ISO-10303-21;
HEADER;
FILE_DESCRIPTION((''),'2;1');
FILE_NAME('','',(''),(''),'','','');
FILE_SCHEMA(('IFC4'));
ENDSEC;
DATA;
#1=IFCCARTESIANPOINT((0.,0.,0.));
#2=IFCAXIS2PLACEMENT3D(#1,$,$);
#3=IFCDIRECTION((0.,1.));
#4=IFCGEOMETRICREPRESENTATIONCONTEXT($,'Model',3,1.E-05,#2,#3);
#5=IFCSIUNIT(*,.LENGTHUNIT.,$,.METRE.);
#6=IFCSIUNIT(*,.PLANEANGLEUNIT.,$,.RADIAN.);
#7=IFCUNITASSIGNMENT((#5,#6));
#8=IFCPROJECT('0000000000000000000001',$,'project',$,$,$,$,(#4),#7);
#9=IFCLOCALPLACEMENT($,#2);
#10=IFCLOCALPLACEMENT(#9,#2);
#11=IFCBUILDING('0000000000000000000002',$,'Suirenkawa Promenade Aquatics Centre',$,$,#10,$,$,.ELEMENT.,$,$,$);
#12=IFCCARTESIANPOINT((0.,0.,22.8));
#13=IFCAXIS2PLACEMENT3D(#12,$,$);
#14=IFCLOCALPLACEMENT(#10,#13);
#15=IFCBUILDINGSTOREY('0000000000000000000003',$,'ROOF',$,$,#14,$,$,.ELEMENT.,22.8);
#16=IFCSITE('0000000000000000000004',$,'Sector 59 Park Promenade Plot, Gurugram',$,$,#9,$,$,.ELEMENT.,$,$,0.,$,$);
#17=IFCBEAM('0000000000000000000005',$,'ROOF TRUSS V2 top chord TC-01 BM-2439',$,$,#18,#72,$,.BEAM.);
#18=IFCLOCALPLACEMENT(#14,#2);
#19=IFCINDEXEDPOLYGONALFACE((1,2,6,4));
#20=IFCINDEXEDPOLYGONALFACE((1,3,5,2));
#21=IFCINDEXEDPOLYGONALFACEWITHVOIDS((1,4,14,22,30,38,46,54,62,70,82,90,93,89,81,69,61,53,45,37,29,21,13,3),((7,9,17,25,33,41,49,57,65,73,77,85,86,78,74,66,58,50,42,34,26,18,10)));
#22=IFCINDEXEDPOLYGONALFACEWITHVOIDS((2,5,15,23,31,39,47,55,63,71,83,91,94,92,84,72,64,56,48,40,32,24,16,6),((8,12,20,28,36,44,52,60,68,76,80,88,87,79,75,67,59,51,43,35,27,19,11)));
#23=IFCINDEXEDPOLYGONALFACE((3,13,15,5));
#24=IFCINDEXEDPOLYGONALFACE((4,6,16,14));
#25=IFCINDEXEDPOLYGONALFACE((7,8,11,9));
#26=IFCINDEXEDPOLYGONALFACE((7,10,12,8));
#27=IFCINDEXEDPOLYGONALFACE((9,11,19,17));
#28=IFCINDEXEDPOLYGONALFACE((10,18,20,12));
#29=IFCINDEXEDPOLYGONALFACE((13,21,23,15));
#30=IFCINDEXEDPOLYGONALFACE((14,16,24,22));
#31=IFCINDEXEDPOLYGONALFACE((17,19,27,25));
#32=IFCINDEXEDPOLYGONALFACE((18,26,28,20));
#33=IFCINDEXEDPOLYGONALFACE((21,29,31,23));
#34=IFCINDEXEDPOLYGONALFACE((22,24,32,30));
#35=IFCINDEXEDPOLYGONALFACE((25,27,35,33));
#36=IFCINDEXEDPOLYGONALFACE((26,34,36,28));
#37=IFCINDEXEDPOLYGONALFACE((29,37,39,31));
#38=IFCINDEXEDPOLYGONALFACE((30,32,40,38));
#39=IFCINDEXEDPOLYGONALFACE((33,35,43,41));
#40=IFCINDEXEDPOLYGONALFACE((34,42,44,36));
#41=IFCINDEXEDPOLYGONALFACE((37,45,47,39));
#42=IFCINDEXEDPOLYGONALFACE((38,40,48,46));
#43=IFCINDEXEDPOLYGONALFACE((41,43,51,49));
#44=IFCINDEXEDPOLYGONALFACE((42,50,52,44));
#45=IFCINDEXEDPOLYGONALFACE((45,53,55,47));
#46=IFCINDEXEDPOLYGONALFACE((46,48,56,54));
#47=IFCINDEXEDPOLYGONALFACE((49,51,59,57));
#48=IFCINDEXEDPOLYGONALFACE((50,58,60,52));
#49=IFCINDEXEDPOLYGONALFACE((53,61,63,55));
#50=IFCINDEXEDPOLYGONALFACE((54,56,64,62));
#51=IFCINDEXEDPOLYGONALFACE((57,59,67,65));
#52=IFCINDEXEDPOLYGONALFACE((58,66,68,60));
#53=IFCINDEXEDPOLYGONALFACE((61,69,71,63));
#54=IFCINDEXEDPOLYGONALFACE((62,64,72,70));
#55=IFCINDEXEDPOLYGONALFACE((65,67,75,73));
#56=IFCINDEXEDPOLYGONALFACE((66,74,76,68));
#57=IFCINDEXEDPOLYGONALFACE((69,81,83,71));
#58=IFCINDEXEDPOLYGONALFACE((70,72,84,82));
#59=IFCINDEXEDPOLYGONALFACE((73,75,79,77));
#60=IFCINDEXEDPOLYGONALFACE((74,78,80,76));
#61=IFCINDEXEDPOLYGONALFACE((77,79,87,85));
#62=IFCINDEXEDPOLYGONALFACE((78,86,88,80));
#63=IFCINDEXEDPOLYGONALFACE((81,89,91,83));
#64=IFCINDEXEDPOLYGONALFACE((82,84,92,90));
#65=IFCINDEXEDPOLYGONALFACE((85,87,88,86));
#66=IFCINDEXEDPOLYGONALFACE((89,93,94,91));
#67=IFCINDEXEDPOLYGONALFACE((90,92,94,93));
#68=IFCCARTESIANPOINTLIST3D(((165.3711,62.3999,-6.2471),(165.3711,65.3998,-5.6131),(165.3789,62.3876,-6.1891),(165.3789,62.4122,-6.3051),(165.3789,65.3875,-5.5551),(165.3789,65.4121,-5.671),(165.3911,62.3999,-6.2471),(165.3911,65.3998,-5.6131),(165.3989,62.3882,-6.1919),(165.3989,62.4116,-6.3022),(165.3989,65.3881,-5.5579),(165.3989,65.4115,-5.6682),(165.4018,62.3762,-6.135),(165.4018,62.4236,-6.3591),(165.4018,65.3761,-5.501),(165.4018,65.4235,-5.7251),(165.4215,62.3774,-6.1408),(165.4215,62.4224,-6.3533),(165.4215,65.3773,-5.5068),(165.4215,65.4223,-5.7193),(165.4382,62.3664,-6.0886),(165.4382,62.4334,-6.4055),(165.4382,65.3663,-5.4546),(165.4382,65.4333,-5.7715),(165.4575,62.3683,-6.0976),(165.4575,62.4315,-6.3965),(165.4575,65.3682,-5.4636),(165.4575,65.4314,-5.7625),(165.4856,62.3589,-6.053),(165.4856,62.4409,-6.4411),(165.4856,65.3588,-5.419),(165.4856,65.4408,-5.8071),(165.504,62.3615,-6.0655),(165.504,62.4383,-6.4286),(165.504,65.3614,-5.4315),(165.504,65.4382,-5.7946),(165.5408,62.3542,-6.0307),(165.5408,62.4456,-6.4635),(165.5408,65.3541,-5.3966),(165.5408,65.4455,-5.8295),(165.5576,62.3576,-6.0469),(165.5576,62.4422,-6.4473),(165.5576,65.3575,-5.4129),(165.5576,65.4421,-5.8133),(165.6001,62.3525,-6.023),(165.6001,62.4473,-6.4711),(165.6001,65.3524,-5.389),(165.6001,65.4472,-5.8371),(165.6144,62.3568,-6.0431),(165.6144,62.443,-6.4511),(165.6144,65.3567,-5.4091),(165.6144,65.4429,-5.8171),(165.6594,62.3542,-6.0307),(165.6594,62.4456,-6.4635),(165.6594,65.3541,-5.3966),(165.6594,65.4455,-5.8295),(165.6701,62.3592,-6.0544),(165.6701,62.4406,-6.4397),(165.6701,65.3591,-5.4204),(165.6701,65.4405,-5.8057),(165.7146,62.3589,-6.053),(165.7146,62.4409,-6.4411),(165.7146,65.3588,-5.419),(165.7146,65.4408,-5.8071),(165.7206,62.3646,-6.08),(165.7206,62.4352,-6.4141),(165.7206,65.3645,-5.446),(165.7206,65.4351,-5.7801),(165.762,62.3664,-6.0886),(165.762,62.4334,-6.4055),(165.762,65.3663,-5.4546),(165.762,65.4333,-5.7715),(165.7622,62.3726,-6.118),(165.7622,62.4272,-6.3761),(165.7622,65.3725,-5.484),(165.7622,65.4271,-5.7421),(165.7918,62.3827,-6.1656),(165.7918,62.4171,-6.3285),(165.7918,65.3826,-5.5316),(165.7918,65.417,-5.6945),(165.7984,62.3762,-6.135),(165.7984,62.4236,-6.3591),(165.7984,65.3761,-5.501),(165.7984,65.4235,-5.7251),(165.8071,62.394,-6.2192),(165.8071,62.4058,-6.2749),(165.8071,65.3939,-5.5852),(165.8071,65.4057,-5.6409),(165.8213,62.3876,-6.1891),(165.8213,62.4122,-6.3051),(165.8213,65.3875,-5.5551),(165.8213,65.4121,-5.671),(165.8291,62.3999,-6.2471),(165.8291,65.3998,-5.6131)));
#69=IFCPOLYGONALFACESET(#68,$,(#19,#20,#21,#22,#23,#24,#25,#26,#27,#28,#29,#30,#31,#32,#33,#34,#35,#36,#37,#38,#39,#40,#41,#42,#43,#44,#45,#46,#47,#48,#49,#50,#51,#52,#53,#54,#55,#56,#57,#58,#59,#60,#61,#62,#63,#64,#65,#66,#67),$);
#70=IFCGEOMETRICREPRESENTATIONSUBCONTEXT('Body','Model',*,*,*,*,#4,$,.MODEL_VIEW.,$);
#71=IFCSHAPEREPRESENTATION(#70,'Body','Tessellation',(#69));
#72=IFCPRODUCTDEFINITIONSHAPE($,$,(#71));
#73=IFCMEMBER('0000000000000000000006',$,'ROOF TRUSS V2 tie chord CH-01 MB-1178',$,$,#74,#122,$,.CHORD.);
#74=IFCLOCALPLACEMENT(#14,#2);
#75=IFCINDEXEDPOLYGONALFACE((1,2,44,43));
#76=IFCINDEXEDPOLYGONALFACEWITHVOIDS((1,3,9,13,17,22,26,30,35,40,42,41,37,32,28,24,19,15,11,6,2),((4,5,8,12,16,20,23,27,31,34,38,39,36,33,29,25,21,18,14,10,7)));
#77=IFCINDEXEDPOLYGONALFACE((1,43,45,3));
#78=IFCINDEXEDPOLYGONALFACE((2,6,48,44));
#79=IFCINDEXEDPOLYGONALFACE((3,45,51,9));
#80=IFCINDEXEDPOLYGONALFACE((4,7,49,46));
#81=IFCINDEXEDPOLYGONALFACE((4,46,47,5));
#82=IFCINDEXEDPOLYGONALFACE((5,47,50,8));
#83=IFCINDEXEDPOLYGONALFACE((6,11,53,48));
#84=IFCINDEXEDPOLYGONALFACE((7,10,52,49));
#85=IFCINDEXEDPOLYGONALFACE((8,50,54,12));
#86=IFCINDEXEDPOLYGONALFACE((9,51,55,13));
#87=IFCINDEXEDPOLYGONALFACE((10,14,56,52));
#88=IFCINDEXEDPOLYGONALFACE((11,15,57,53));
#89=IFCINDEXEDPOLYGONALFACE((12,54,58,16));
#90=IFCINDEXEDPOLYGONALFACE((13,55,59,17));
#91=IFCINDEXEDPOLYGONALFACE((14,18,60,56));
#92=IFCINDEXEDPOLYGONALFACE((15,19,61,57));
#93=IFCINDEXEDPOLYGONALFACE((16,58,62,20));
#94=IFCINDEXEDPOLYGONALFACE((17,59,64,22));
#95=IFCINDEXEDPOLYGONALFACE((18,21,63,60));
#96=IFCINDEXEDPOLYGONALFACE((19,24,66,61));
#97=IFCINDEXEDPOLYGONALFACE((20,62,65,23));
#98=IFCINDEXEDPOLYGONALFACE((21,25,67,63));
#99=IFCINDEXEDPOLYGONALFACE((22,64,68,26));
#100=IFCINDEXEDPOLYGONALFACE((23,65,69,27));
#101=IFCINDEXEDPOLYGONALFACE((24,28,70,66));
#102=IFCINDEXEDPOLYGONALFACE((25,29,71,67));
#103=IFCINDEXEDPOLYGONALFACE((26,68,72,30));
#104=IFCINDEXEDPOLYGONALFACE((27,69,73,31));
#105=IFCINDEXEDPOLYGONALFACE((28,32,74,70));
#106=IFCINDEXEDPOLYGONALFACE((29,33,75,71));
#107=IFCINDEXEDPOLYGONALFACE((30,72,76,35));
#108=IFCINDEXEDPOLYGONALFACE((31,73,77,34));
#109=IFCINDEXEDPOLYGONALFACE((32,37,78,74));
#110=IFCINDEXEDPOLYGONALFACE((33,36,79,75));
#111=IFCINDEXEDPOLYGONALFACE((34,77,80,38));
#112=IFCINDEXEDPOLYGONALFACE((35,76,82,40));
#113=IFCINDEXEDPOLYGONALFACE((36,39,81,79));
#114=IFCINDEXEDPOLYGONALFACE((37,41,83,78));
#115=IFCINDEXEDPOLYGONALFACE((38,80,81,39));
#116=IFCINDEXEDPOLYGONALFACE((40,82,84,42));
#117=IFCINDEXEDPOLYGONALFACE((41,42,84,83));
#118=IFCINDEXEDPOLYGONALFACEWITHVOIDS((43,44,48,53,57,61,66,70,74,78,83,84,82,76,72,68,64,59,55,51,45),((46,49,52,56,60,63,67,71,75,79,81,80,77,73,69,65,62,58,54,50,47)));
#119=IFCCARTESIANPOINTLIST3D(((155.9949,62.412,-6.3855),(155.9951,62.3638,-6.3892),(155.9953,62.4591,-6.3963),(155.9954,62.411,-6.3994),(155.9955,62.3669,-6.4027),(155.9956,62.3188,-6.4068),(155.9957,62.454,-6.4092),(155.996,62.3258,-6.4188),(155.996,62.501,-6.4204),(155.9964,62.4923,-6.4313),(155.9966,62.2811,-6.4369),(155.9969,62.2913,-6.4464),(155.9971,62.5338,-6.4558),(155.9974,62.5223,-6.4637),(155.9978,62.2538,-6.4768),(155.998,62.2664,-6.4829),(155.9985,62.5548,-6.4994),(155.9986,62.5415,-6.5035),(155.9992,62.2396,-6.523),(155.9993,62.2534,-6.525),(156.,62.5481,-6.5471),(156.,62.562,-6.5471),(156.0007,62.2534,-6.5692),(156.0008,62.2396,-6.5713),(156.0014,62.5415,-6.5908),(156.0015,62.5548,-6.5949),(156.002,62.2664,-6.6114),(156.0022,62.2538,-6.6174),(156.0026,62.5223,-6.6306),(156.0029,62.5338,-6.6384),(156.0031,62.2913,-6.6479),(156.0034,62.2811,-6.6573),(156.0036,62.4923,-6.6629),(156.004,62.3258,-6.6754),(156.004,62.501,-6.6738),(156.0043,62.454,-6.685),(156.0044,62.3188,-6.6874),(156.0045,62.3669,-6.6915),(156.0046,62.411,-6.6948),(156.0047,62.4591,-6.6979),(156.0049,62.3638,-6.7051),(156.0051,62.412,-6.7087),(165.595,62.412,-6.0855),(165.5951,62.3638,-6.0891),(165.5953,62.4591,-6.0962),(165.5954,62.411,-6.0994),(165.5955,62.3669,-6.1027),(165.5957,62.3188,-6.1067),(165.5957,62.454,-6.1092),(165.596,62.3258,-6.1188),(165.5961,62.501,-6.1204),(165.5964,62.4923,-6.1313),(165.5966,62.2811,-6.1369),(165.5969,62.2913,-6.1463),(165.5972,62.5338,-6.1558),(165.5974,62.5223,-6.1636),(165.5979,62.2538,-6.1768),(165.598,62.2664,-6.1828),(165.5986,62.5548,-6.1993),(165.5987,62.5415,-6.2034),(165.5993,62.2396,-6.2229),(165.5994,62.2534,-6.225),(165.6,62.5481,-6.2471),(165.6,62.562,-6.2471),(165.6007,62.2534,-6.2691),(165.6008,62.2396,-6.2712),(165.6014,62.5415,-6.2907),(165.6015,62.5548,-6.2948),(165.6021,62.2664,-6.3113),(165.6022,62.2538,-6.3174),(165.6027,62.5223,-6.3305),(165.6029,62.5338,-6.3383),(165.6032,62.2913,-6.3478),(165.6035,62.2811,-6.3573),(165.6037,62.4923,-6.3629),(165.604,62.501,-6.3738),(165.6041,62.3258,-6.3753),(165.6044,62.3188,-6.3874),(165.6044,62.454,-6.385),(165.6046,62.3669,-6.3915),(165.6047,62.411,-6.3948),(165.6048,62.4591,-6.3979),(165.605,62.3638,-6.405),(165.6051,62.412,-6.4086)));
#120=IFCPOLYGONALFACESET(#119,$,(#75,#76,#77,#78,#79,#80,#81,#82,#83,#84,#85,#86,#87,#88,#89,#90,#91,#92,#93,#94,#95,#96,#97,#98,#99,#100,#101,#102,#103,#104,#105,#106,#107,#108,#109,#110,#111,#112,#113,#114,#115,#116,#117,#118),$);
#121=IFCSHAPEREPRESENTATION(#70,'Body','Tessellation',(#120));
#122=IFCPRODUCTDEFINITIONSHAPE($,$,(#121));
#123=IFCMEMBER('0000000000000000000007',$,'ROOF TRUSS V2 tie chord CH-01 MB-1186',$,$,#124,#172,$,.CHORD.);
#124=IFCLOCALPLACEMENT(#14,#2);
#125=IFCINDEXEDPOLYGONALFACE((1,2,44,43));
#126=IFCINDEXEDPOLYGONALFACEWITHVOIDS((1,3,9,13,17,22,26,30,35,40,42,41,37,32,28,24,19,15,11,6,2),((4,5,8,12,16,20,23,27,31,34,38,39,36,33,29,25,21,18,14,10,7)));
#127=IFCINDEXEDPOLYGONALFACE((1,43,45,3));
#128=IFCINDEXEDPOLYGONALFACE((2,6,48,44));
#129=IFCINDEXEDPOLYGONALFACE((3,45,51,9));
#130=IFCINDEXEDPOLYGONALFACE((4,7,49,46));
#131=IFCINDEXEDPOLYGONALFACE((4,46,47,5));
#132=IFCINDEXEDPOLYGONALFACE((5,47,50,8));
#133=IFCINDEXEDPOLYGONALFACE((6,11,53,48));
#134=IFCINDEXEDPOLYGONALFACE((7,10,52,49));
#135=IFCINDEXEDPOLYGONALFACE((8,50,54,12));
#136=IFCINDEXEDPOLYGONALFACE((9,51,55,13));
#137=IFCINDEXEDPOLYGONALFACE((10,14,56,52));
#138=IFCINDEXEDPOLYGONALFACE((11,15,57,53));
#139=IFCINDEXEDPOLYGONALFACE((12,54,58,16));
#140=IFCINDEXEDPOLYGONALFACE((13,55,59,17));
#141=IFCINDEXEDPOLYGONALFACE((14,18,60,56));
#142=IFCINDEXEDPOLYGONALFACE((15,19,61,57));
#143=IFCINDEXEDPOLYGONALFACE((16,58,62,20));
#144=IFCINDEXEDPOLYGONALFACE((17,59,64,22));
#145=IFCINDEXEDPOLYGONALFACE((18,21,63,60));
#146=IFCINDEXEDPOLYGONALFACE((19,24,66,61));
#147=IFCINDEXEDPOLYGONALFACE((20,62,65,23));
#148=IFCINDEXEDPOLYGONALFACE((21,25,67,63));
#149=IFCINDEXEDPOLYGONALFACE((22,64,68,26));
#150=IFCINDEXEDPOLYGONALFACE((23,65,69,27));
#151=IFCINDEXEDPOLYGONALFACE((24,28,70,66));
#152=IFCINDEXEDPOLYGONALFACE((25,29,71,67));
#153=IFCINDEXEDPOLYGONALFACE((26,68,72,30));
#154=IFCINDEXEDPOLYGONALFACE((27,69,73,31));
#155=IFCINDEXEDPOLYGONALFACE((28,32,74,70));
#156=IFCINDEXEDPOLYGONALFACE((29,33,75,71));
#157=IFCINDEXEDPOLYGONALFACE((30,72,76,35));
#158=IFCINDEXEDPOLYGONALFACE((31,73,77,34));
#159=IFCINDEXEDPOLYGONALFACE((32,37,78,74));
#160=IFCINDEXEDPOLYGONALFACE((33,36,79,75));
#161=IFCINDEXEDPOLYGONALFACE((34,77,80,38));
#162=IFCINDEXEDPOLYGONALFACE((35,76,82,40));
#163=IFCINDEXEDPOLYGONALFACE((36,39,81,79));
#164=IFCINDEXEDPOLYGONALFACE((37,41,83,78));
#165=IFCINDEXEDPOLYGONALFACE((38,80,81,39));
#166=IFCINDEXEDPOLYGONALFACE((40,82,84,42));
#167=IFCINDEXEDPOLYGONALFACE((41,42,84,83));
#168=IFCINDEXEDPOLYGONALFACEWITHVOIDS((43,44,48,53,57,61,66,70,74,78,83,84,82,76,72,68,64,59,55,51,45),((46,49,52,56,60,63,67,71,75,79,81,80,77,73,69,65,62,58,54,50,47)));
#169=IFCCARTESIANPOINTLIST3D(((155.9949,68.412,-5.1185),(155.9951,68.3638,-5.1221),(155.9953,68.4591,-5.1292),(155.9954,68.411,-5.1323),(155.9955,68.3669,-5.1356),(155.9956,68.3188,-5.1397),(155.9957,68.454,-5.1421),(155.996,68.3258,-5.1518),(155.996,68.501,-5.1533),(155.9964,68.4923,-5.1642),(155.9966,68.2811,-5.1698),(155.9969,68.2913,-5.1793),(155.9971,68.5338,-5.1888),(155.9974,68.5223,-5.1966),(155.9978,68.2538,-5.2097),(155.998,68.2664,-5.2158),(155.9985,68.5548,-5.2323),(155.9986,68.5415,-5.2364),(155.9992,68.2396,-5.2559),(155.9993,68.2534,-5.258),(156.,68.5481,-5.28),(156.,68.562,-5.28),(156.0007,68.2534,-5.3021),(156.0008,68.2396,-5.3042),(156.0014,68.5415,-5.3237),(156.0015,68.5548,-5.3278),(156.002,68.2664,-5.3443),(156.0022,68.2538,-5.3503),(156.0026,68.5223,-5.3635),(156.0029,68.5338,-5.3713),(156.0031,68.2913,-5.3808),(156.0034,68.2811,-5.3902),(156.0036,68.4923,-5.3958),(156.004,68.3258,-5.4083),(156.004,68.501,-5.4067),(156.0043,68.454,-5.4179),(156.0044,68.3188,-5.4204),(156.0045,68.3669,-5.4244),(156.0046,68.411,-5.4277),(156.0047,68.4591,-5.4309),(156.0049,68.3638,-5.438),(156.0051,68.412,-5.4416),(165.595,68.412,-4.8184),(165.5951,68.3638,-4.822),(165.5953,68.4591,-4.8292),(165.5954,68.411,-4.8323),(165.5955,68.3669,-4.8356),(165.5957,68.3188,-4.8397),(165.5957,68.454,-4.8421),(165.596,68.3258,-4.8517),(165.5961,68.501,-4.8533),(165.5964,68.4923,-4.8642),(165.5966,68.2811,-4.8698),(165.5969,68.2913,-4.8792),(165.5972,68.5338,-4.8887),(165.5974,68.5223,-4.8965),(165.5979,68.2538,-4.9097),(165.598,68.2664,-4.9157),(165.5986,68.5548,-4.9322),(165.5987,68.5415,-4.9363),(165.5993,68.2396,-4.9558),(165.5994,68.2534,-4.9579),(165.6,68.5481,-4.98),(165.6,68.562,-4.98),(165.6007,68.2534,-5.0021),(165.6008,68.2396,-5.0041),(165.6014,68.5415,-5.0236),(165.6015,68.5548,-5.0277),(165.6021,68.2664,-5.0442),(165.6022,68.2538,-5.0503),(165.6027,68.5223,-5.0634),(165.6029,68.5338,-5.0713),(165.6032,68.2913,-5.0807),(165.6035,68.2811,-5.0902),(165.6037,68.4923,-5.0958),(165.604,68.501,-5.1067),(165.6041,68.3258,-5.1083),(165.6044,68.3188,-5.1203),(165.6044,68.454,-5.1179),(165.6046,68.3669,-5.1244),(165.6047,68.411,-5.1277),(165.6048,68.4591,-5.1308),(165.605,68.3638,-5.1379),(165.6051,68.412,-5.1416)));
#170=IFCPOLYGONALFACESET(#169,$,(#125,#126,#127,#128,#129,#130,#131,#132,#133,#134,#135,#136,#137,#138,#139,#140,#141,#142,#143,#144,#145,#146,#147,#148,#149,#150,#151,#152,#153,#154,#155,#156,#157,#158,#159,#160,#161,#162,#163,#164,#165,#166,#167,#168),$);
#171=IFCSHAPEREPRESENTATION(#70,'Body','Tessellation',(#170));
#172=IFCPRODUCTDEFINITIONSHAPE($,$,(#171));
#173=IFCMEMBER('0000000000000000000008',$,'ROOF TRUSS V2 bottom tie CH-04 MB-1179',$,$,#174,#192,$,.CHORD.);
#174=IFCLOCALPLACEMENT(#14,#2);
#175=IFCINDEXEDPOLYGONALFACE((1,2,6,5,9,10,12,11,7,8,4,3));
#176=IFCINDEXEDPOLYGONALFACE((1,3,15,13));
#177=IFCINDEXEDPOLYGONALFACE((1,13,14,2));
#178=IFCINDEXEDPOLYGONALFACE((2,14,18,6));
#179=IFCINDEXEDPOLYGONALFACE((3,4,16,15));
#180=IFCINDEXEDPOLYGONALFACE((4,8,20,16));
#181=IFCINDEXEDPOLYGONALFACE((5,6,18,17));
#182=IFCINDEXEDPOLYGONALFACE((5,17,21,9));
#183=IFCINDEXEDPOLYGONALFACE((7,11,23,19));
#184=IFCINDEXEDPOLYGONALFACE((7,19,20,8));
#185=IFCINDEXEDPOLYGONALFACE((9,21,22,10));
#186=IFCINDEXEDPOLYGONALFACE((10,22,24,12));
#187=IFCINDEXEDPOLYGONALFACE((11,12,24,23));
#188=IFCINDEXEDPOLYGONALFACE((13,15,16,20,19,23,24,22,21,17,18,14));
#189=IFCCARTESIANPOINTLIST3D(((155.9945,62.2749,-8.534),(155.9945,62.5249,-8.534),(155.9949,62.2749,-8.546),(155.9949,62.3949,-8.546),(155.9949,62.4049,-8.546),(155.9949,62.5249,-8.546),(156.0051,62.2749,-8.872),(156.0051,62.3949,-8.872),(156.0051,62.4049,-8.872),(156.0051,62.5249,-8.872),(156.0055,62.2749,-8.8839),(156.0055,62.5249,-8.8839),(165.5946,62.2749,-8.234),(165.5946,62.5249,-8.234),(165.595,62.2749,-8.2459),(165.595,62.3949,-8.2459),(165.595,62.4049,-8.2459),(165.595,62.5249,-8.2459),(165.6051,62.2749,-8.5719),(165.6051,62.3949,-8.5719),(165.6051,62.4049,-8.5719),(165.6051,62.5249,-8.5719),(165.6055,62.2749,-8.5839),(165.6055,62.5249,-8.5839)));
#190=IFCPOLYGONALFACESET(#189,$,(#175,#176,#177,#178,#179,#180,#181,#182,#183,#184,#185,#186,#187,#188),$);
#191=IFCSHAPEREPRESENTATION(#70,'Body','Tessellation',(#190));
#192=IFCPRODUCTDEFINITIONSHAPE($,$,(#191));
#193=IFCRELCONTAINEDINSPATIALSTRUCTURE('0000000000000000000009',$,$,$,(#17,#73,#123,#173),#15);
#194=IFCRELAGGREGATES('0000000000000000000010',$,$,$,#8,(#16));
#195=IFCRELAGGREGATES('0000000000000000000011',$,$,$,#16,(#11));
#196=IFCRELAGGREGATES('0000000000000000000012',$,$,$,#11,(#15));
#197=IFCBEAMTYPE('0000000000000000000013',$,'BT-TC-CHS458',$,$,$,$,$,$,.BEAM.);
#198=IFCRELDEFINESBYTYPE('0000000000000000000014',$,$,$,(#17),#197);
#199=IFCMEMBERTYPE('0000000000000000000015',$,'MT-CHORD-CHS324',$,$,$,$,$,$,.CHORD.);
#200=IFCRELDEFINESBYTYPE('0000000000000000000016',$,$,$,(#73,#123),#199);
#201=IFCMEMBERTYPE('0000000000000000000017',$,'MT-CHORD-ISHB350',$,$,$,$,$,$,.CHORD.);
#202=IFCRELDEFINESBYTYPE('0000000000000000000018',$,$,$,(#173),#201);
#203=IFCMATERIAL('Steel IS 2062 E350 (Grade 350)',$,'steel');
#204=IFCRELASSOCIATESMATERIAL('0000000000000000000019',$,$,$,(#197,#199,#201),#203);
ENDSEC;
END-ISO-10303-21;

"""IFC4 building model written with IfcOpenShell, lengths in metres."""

from ifc_helpers import new_model, si_unit, direction, frame, origin, origin_2d, place, context, subcontext, project, spatial, hollow_circle, i_section, extrude, material, material_profile, profile_set, type_object, element, save


model = new_model("IFC4")

# Units and contexts
model_context = context("Model", 3, precision=1e-05, world=origin(), true_north=direction((0.0, 1.0)))
body_context = subcontext(model_context, "Body", "Model", "MODEL_VIEW")
ifc_project = project(units=[si_unit("LENGTHUNIT", "METRE"), si_unit("PLANEANGLEUNIT", "RADIAN")], contexts=[model_context])

# Site, building, storey
site_placement = place(None, origin())
site = spatial("IfcSite", under=ifc_project, at=site_placement, Name="Sector 59 Park Promenade Plot, Gurugram", CompositionType="ELEMENT", RefElevation=0.0)
building_placement = place(site_placement, origin())
building = spatial("IfcBuilding", under=site, at=building_placement, Name="Suirenkawa Promenade Aquatics Centre", CompositionType="ELEMENT")
storey_placement = place(building_placement, frame((0.0, 0.0, 22.8)))
storey = spatial("IfcBuildingStorey", under=building, at=storey_placement, Name="ROOF", CompositionType="ELEMENT", Elevation=22.8)

# Beam
ifc_material = material(Name="Steel IS 2062 E350 (Grade 350)", Category="steel")
ifc_material_profile_1 = material_profile(ifc_material, hollow_circle(Radius=0.229, WallThickness=0.02, at=origin_2d()), Name="CHS 458x20", Category="steel")
ifc_profile_set_1 = profile_set([ifc_material_profile_1], Name="Steel IS 2062 E350 (Grade 350)")
beam_type_1 = type_object("IfcBeamType", Name="BT-TC-CHS458", PredefinedType="BEAM", material=ifc_profile_set_1)
for number, where, z_axis, x_axis, name in (
    (1, (165.6001, 62.3999, -6.2471), (0.0, 0.978388, 0.206777), (-1.0, 0.0, 0.0), "ROOF TRUSS V2 top chord TC-01 BM-2439"),
):
    element("IfcBeam", number, at=place(storey_placement, frame(where, z_axis=z_axis, x_axis=x_axis)), inside=storey, type_object=beam_type_1, Name=name, PredefinedType="BEAM", context=body_context, shape_type="SweptSolid", body=[
        extrude(hollow_circle(Radius=0.229, WallThickness=0.02, at=origin_2d()), origin(), (0.0, 0.0, 1.0), 3.0662),
    ])

# Members
ifc_material_profile_2 = material_profile(ifc_material, hollow_circle(Radius=0.1621, WallThickness=0.0139, at=origin_2d()), Name="CHS 324x14", Category="steel")
ifc_profile_set_2 = profile_set([ifc_material_profile_2], Name="Steel IS 2062 E350 (Grade 350)")
member_type_1 = type_object("IfcMemberType", Name="MT-CHORD-CHS324", PredefinedType="CHORD", material=ifc_profile_set_2)
for number, where, z_axis, x_axis, name in (
    (2, (156.0, 62.3999, -6.5471), (0.999512, 0.0, 0.03124), (0.0, 1.0, 0.0), "ROOF TRUSS V2 tie chord CH-01 MB-1178"),
    (3, (156.0, 68.3999, -5.28), (0.999512, 0.0, 0.03124), (0.0, 1.0, 0.0), "ROOF TRUSS V2 tie chord CH-01 MB-1186"),
):
    element("IfcMember", number, at=place(storey_placement, frame(where, z_axis=z_axis, x_axis=x_axis)), inside=storey, type_object=member_type_1, Name=name, PredefinedType="CHORD", context=body_context, shape_type="SweptSolid", body=[
        extrude(hollow_circle(Radius=0.1621, WallThickness=0.0139, at=origin_2d()), origin(), (0.0, 0.0, 1.0), 9.6047),
    ])
ifc_material_profile_3 = material_profile(ifc_material, i_section(OverallWidth=0.25, OverallDepth=0.3501, WebThickness=0.01, FlangeThickness=0.012, at=origin_2d()), Name="ISHB 350", Category="steel")
ifc_profile_set_3 = profile_set([ifc_material_profile_3], Name="Steel IS 2062 E350 (Grade 350)")
member_type_2 = type_object("IfcMemberType", Name="MT-CHORD-ISHB350", PredefinedType="CHORD", material=ifc_profile_set_3)
for number, where, z_axis, x_axis, name in (
    (4, (156.0, 62.3999, -8.709), (0.999512, 0.0, 0.03124), (0.0, 1.0, 0.0), "ROOF TRUSS V2 bottom tie CH-04 MB-1179"),
):
    element("IfcMember", number, at=place(storey_placement, frame(where, z_axis=z_axis, x_axis=x_axis)), inside=storey, type_object=member_type_2, Name=name, PredefinedType="CHORD", context=body_context, shape_type="SweptSolid", body=[
        extrude(i_section(OverallWidth=0.25, OverallDepth=0.3501, WebThickness=0.01, FlangeThickness=0.012, at=origin_2d()), origin(), (0.0, 0.0, 1.0), 9.6047),
    ])

save(model, "model.ifc")
